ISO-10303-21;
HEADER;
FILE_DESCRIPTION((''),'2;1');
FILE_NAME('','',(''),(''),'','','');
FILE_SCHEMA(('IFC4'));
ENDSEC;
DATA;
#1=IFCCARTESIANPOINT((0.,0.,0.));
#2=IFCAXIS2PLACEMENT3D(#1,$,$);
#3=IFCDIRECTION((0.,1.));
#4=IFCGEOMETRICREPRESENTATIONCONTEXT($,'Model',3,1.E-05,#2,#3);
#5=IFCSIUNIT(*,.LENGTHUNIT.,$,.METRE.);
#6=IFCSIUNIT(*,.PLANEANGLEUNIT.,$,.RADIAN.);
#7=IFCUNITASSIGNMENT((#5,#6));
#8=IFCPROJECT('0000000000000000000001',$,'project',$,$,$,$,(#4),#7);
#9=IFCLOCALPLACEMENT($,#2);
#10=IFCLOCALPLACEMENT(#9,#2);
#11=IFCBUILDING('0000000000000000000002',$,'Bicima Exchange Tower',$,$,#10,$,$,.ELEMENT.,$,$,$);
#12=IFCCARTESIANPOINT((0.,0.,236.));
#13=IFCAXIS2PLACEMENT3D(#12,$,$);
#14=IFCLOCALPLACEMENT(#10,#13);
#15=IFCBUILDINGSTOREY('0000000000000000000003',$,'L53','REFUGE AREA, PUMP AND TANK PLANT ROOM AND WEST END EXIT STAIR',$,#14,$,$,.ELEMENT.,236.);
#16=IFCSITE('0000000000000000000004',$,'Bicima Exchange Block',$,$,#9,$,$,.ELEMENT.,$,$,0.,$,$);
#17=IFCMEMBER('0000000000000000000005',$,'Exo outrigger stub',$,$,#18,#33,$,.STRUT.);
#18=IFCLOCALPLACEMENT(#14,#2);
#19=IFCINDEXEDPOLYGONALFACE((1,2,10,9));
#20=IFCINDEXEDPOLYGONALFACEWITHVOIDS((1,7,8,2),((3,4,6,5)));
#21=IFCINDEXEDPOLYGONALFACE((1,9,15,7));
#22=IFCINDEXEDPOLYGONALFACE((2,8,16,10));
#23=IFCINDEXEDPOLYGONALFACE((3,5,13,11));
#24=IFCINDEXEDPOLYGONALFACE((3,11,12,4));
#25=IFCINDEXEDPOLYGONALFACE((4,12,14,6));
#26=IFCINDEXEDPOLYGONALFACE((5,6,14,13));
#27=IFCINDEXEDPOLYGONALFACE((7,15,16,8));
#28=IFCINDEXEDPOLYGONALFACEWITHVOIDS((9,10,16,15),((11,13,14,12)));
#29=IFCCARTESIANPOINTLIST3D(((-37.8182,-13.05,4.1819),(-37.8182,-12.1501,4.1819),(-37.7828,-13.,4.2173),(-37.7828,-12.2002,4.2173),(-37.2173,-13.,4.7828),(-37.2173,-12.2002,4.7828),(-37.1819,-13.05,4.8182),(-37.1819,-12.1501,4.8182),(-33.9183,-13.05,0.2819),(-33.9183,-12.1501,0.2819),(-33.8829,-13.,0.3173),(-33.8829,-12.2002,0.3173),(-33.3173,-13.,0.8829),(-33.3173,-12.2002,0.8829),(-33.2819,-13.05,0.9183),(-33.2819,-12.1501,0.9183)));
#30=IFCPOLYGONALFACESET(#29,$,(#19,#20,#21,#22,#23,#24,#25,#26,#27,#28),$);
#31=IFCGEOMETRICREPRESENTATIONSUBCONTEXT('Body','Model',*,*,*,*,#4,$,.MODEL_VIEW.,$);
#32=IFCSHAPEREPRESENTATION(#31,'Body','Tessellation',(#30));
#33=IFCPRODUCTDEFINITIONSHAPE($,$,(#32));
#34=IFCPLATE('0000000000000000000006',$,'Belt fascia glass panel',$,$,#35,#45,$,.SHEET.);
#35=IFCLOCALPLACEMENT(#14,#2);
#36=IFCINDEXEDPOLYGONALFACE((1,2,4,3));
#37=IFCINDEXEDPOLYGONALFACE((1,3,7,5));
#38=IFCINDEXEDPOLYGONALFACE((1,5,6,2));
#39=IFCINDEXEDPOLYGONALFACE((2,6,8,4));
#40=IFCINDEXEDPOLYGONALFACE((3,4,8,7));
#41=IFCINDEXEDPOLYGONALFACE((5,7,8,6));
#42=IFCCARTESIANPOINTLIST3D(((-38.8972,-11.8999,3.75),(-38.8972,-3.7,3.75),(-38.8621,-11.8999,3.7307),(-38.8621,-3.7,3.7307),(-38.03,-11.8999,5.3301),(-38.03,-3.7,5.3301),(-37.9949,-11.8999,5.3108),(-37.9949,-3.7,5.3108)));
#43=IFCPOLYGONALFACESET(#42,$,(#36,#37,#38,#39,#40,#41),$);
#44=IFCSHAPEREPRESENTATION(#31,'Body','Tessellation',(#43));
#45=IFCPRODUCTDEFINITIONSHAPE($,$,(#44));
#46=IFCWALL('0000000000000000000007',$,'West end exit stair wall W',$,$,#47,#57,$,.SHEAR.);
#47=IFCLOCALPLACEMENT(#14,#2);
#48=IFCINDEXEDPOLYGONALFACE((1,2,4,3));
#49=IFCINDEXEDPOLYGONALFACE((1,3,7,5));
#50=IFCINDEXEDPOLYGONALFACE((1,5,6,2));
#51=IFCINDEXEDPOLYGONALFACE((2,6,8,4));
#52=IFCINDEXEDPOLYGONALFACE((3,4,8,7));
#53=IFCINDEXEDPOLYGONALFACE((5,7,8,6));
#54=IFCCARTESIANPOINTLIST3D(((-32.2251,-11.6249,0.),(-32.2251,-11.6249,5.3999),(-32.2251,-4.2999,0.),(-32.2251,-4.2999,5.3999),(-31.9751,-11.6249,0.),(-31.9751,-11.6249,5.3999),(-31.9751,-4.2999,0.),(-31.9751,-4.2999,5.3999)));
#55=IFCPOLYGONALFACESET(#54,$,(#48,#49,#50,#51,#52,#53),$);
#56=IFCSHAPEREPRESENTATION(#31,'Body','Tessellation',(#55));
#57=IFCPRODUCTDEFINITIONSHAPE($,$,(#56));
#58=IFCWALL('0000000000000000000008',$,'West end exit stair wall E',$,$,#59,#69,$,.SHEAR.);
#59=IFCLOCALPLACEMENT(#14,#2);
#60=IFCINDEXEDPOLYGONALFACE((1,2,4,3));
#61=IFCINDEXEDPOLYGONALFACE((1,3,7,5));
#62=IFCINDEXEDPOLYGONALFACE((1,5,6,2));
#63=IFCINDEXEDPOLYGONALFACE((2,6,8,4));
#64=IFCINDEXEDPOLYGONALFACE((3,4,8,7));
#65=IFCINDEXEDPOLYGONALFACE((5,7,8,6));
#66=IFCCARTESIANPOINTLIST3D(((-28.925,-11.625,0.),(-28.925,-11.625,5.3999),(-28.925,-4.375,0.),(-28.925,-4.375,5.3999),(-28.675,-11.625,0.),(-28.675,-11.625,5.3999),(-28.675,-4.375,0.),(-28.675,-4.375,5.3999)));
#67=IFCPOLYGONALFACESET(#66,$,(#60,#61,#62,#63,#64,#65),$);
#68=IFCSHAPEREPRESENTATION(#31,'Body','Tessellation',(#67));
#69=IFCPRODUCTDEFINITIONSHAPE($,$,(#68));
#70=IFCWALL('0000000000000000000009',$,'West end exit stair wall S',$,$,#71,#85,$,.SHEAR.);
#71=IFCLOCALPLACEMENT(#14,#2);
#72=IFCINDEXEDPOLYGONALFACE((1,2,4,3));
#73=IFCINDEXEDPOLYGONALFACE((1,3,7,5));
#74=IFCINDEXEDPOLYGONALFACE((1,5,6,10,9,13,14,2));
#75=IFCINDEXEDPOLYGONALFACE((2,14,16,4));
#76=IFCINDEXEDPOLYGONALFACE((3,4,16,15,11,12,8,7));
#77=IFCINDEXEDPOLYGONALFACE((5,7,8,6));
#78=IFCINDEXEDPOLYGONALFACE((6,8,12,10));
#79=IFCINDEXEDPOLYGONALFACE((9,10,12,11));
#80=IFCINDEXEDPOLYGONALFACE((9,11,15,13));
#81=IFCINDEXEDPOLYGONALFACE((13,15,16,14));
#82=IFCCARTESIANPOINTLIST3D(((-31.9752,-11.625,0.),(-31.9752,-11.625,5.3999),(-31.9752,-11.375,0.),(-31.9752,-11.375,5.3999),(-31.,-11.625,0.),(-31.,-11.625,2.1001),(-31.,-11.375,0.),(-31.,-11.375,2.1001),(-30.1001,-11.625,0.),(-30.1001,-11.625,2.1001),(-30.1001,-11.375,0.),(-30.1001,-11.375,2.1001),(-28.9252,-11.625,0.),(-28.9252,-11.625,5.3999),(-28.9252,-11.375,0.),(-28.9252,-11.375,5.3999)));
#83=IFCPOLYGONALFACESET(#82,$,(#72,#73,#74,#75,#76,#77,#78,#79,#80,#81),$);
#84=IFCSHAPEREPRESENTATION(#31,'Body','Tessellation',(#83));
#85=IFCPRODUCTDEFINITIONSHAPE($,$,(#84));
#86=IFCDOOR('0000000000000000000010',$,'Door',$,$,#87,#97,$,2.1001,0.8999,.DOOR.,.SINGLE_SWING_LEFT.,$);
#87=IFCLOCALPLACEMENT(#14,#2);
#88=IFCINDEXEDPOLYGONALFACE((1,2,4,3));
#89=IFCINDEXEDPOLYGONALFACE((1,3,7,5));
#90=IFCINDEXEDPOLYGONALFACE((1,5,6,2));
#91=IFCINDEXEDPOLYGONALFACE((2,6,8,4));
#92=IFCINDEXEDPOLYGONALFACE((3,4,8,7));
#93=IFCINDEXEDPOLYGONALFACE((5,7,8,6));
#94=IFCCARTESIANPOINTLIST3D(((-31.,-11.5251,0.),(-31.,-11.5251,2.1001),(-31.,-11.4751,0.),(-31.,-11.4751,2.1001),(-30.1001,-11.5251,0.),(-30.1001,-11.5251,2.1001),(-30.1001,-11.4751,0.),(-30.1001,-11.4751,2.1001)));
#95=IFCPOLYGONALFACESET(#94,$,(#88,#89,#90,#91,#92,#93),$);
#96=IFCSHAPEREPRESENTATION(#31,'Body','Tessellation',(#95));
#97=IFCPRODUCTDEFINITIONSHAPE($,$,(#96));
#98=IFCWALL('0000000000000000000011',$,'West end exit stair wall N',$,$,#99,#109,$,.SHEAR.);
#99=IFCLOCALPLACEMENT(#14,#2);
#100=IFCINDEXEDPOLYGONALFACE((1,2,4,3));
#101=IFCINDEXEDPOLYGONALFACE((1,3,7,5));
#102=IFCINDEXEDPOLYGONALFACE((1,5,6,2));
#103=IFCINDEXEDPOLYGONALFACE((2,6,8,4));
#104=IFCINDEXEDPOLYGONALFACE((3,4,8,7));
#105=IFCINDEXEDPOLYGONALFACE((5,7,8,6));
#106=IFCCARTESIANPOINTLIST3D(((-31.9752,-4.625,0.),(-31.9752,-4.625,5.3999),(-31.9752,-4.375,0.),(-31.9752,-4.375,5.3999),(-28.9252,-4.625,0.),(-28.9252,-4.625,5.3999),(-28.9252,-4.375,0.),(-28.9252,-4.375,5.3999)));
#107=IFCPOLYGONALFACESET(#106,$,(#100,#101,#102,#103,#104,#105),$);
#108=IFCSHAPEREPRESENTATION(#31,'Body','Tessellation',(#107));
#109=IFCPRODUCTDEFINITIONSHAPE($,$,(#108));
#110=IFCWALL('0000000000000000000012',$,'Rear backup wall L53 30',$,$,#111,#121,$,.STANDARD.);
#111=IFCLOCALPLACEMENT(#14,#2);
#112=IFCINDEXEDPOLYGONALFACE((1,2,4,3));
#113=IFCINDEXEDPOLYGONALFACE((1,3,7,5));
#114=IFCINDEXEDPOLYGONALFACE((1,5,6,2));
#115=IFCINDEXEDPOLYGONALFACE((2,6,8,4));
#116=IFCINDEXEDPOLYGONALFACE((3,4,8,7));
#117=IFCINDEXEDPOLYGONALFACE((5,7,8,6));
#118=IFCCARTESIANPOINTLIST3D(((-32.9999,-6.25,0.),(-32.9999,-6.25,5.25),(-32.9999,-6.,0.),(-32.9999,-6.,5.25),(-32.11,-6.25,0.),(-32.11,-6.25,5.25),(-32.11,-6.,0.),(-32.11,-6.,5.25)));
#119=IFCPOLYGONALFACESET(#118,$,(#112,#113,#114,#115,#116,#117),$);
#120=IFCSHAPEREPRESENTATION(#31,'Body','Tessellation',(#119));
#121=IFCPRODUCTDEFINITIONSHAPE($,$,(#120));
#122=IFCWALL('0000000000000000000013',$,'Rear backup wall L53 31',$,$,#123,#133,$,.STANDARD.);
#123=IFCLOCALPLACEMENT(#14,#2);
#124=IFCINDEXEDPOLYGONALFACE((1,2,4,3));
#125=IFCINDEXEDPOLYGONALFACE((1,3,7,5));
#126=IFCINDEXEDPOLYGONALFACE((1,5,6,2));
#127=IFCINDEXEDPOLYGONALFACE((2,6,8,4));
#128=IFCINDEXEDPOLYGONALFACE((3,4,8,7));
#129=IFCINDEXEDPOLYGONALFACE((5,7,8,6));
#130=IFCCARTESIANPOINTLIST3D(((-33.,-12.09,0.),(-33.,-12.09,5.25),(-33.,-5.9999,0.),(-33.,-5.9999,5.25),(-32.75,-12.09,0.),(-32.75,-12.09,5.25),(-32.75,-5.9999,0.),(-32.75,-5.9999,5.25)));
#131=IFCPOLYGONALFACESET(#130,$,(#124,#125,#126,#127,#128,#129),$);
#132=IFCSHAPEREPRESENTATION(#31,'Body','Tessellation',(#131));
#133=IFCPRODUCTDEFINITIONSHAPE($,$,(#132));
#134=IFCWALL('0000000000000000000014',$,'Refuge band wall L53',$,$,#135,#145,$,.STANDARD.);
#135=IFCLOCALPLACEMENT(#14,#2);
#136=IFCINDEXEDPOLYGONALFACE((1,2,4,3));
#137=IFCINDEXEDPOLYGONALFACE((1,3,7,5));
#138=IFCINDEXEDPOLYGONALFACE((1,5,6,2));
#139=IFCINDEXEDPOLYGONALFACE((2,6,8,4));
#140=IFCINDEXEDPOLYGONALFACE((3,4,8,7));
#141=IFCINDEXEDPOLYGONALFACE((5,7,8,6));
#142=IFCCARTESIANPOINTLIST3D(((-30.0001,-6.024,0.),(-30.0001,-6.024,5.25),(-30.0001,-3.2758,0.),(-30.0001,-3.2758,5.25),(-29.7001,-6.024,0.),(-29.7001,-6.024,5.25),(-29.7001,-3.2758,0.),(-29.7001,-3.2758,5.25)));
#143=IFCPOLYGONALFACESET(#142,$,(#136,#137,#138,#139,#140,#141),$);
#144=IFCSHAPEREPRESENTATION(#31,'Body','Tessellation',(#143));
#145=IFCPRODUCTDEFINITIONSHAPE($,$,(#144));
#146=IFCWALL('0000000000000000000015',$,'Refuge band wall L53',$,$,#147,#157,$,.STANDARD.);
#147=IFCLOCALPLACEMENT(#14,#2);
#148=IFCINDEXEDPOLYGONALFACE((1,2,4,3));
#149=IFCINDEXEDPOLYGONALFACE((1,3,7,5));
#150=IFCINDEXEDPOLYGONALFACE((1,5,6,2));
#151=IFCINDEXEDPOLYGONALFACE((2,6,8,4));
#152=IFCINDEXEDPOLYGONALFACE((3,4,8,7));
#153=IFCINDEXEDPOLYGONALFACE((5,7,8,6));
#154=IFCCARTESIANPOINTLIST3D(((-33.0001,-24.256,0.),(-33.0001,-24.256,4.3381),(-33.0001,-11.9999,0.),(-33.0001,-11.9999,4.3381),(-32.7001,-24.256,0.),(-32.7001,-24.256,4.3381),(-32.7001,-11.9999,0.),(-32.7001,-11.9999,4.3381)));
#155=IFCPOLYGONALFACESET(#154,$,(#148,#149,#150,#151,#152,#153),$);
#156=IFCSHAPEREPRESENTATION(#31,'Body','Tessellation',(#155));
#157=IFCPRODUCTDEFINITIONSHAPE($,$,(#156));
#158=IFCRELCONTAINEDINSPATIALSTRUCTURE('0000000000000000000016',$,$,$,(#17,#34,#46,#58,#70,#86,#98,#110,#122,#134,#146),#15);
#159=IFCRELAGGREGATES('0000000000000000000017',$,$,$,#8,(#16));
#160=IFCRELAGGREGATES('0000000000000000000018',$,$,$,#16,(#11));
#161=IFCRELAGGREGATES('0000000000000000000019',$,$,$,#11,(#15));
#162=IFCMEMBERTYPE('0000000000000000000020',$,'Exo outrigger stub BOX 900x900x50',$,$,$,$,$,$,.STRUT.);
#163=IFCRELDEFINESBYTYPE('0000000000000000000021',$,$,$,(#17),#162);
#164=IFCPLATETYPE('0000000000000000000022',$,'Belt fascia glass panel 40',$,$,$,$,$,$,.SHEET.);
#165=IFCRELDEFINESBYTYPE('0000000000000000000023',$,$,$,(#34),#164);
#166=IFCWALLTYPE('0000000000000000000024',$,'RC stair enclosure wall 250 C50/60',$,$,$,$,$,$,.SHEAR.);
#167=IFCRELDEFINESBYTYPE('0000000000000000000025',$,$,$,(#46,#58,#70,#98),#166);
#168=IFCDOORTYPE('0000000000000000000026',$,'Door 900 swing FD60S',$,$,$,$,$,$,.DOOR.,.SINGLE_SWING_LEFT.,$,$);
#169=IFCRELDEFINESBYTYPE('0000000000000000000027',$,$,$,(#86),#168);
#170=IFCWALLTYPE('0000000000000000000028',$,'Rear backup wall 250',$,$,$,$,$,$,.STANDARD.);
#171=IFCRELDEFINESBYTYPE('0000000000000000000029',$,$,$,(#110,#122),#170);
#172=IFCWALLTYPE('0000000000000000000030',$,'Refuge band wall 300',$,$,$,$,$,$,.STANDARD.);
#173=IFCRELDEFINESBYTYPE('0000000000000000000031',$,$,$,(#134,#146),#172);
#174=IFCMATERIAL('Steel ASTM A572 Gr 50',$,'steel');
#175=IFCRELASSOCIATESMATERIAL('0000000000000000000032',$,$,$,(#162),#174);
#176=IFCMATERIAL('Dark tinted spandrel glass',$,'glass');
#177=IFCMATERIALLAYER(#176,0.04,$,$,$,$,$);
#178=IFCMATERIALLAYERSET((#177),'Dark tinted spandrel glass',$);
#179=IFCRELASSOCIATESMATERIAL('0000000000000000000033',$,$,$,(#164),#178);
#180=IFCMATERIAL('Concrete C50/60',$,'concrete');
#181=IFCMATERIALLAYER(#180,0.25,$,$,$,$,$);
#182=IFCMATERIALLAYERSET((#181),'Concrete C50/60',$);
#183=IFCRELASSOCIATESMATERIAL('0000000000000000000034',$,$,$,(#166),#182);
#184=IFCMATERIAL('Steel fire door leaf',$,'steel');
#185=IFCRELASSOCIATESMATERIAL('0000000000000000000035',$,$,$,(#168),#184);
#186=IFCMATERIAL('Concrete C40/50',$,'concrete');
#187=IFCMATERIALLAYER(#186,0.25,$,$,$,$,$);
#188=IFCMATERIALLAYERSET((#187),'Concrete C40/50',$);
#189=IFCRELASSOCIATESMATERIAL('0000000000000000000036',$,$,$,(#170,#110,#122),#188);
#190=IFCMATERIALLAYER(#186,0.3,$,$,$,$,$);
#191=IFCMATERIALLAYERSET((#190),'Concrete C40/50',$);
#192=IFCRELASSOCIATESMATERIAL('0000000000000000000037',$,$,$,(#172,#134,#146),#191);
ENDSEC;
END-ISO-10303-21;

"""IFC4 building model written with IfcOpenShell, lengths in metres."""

from ifc_helpers import new_model, si_unit, direction, frame, frame_2d, origin, origin_2d, place, context, subcontext, project, spatial, polyline, rectangle, hollow_rectangle, outline, extrude, material, layer, layer_set, layer_usage, material_profile, profile_set, type_object, element, fill, save


model = new_model("IFC4")

# Units and contexts
model_context = context("Model", 3, precision=1e-05, world=origin(), true_north=direction((0.0, 1.0)))
body_context = subcontext(model_context, "Body", "Model", "MODEL_VIEW")
ifc_project = project(units=[si_unit("LENGTHUNIT", "METRE"), si_unit("PLANEANGLEUNIT", "RADIAN")], contexts=[model_context])

# Site, building, storey
site_placement = place(None, origin())
site = spatial("IfcSite", under=ifc_project, at=site_placement, Name="Bicima Exchange Block", CompositionType="ELEMENT", RefElevation=0.0)
building_placement = place(site_placement, origin())
building = spatial("IfcBuilding", under=site, at=building_placement, Name="Bicima Exchange Tower", CompositionType="ELEMENT")
storey_placement = place(building_placement, frame((0.0, 0.0, 236.0)))
storey = spatial("IfcBuildingStorey", under=building, at=storey_placement, Name="L53", Description="REFUGE AREA, PUMP AND TANK PLANT ROOM AND WEST END EXIT STAIR", CompositionType="ELEMENT", Elevation=236.0)

# Shared definitions
ifc_material_1 = material(Name="Steel ASTM A572 Gr 50", Category="steel")

# Member
ifc_material_profile_1 = material_profile(ifc_material_1, hollow_rectangle(XDim=0.8999, YDim=0.8999, WallThickness=0.05, at=origin_2d()))
ifc_profile_set_1 = profile_set([ifc_material_profile_1], Name="Steel ASTM A572 Gr 50")
member_type_1 = type_object("IfcMemberType", Name="Exo outrigger stub BOX 900x900x50", PredefinedType="STRUT", material=ifc_profile_set_1)
member_1_placement = place(storey_placement, frame((-33.6001, -12.6001, 0.6001), z_axis=(-0.707107, 0.0, 0.707107), x_axis=(0.0, -1.0, 0.0)))
element("IfcMember", 1, at=member_1_placement, inside=storey, type_object=member_type_1, Name="Exo outrigger stub", PredefinedType="STRUT", context=body_context, shape_type="SweptSolid", body=[
    extrude(hollow_rectangle(XDim=0.8999, YDim=0.8999, WallThickness=0.05, at=origin_2d()), origin(), (0.0, 0.0, 1.0), 5.5154),
])

# Plate
ifc_material_2 = material(Name="Dark tinted spandrel glass", Category="glass")
ifc_layer_1 = layer(ifc_material_2, 0.04)
ifc_layer_set_1 = layer_set([ifc_layer_1], Name="Dark tinted spandrel glass")
plate_type = type_object("IfcPlateType", Name="Belt fascia glass panel 40", PredefinedType="SHEET", material=ifc_layer_set_1)
plate_placement = place(storey_placement, frame((-38.8972, -3.7, 3.75), z_axis=(-0.87665, 0.0, 0.481128), x_axis=(0.0, -1.0, 0.0)))
element("IfcPlate", 2, at=plate_placement, inside=storey, type_object=plate_type, Name="Belt fascia glass panel", PredefinedType="SHEET", context=body_context, shape_type="SweptSolid", body=[
    extrude(outline(polyline([(0.0, 0.0), (8.2, 0.0), (8.2, 1.8024), (0.0, 1.8024), (0.0, 0.0)])), origin(), (0.0, 0.0, -1.0), 0.04),
])

# Walls
ifc_material_3 = material(Name="Concrete C50/60", Category="concrete")
ifc_layer_2 = layer(ifc_material_3, 0.25)
ifc_layer_set_2 = layer_set([ifc_layer_2], Name="Concrete C50/60")
wall_type_1 = type_object("IfcWallType", Name="RC stair enclosure wall 250 C50/60", PredefinedType="SHEAR", material=ifc_layer_set_2)
wall_1_placement = place(storey_placement, frame((-32.1001, -11.625, 0.0), z_axis=(0.0, 0.0, 1.0), x_axis=(0.0, 1.0, 0.0)))
element("IfcWall", 3, at=wall_1_placement, inside=storey, type_object=wall_type_1, Name="West end exit stair wall W", PredefinedType="SHEAR", context=body_context, shape_type="SweptSolid", body=[
    extrude(rectangle(XDim=7.325, YDim=0.25, at=frame_2d((3.6626, 0.0))), origin(), (0.0, 0.0, 1.0), 5.3999),
])
wall_2_placement = place(storey_placement, frame((-28.8, -11.625, 0.0), z_axis=(0.0, 0.0, 1.0), x_axis=(0.0, 1.0, 0.0)))
element("IfcWall", 4, at=wall_2_placement, inside=storey, type_object=wall_type_1, Name="West end exit stair wall E", PredefinedType="SHEAR", context=body_context, shape_type="SweptSolid", body=[
    extrude(rectangle(XDim=7.25, YDim=0.25, at=frame_2d((3.625, 0.0))), origin(), (0.0, 0.0, 1.0), 5.3999),
])

# Wall, opening, door
wall_3_placement = place(storey_placement, frame((-31.9751, -11.5, 0.0), z_axis=(0.0, 0.0, 1.0), x_axis=(1.0, 0.0, 0.0)))
wall_3 = element("IfcWall", 5, at=wall_3_placement, inside=storey, type_object=wall_type_1, Name="West end exit stair wall S", PredefinedType="SHEAR", context=body_context, shape_type="SweptSolid", body=[
    extrude(rectangle(XDim=3.05, YDim=0.25, at=frame_2d((1.5249, 0.0))), origin(), (0.0, 0.0, 1.0), 5.3999),
])
opening_placement = place(wall_3_placement, frame((0.9751, 0.0, 0.0)))
opening = element("IfcOpeningElement", 6, at=opening_placement, cuts=wall_3, PredefinedType="OPENING", context=body_context, shape_type="SweptSolid", body=[
    extrude(rectangle(XDim=0.8999, YDim=2.1001, at=frame_2d((0.45, 1.05))), frame((0.0, 0.137, 0.0), z_axis=(0.0, -1.0, 0.0), x_axis=(1.0, 0.0, 0.0)), (0.0, 0.0, 1.0), 0.2739),
])
ifc_material_4 = material(Name="Steel fire door leaf", Category="steel")
door_type = type_object("IfcDoorType", Name="Door 900 swing FD60S", OperationType="SINGLE_SWING_LEFT", PredefinedType="DOOR", material=ifc_material_4)
door_placement = place(opening_placement, origin())
door = element("IfcDoor", 7, at=door_placement, inside=storey, type_object=door_type, Name="Door", OperationType="SINGLE_SWING_LEFT", OverallHeight=2.1001, OverallWidth=0.8999, PredefinedType="DOOR", context=body_context, shape_type="SweptSolid", body=[
    extrude(rectangle(XDim=0.8999, YDim=2.1001, at=frame_2d((0.45, 1.05))), frame((0.0, 0.0249, 0.0), z_axis=(0.0, -1.0, 0.0), x_axis=(1.0, 0.0, 0.0)), (0.0, 0.0, 1.0), 0.05),
])
fill(opening, door)

# Walls
wall_4_placement = place(storey_placement, frame((-31.9751, -4.5, 0.0), z_axis=(0.0, 0.0, 1.0), x_axis=(1.0, 0.0, 0.0)))
element("IfcWall", 8, at=wall_4_placement, inside=storey, type_object=wall_type_1, Name="West end exit stair wall N", PredefinedType="SHEAR", context=body_context, shape_type="SweptSolid", body=[
    extrude(rectangle(XDim=3.05, YDim=0.25, at=frame_2d((1.5249, 0.0))), origin(), (0.0, 0.0, 1.0), 5.3999),
])
ifc_material_5 = material(Name="Concrete C40/50", Category="concrete")
ifc_layer_3 = layer(ifc_material_5, 0.25)
ifc_layer_set_3 = layer_set([ifc_layer_3], Name="Concrete C40/50")
ifc_layer_usage_1 = layer_usage(ifc_layer_set_3, "AXIS2", "POSITIVE", -0.125)
wall_type_2 = type_object("IfcWallType", Name="Rear backup wall 250", PredefinedType="STANDARD", material=ifc_layer_set_3)
wall_5_placement = place(storey_placement, frame((-32.1101, -6.125, 0.0), z_axis=(0.0, 0.0, 1.0), x_axis=(-1.0, 0.0, 0.0)))
element("IfcWall", 9, at=wall_5_placement, inside=storey, type_object=wall_type_2, material=ifc_layer_usage_1, Name="Rear backup wall L53 30", PredefinedType="STANDARD", context=body_context, shape_type="SweptSolid", body=[
    extrude(rectangle(XDim=0.8899, YDim=0.25, at=frame_2d((0.4448, 0.0))), origin(), (0.0, 0.0, 1.0), 5.25),
])
wall_6_placement = place(storey_placement, frame((-32.875, -6.0, 0.0), z_axis=(0.0, 0.0, 1.0), x_axis=(0.0, -1.0, 0.0)))
element("IfcWall", 10, at=wall_6_placement, inside=storey, type_object=wall_type_2, material=ifc_layer_usage_1, Name="Rear backup wall L53 31", PredefinedType="STANDARD", context=body_context, shape_type="SweptSolid", body=[
    extrude(rectangle(XDim=6.0901, YDim=0.25, at=frame_2d((3.0449, 0.0))), origin(), (0.0, 0.0, 1.0), 5.25),
])
ifc_layer_4 = layer(ifc_material_5, 0.3)
ifc_layer_set_4 = layer_set([ifc_layer_4], Name="Concrete C40/50")
ifc_layer_usage_2 = layer_usage(ifc_layer_set_4, "AXIS2", "POSITIVE", -0.15)
wall_type_3 = type_object("IfcWallType", Name="Refuge band wall 300", PredefinedType="STANDARD", material=ifc_layer_set_4)
wall_7_placement = place(storey_placement, frame((-29.8501, -3.2759, 0.0), z_axis=(0.0, 0.0, 1.0), x_axis=(0.0, -1.0, 0.0)))
element("IfcWall", 11, at=wall_7_placement, inside=storey, type_object=wall_type_3, material=ifc_layer_usage_2, Name="Refuge band wall L53", PredefinedType="STANDARD", context=body_context, shape_type="SweptSolid", body=[
    extrude(rectangle(XDim=2.7483, YDim=0.3, at=frame_2d((1.374, 0.0))), origin(), (0.0, 0.0, 1.0), 5.25),
])
wall_8_placement = place(storey_placement, frame((-32.8501, -12.0, 0.0), z_axis=(0.0, 0.0, 1.0), x_axis=(0.0, -1.0, 0.0)))
element("IfcWall", 12, at=wall_8_placement, inside=storey, type_object=wall_type_3, material=ifc_layer_usage_2, Name="Refuge band wall L53", PredefinedType="STANDARD", context=body_context, shape_type="SweptSolid", body=[
    extrude(rectangle(XDim=12.2561, YDim=0.3, at=frame_2d((6.1279, 0.0))), origin(), (0.0, 0.0, 1.0), 4.3381),
])

save(model, "model.ifc")
